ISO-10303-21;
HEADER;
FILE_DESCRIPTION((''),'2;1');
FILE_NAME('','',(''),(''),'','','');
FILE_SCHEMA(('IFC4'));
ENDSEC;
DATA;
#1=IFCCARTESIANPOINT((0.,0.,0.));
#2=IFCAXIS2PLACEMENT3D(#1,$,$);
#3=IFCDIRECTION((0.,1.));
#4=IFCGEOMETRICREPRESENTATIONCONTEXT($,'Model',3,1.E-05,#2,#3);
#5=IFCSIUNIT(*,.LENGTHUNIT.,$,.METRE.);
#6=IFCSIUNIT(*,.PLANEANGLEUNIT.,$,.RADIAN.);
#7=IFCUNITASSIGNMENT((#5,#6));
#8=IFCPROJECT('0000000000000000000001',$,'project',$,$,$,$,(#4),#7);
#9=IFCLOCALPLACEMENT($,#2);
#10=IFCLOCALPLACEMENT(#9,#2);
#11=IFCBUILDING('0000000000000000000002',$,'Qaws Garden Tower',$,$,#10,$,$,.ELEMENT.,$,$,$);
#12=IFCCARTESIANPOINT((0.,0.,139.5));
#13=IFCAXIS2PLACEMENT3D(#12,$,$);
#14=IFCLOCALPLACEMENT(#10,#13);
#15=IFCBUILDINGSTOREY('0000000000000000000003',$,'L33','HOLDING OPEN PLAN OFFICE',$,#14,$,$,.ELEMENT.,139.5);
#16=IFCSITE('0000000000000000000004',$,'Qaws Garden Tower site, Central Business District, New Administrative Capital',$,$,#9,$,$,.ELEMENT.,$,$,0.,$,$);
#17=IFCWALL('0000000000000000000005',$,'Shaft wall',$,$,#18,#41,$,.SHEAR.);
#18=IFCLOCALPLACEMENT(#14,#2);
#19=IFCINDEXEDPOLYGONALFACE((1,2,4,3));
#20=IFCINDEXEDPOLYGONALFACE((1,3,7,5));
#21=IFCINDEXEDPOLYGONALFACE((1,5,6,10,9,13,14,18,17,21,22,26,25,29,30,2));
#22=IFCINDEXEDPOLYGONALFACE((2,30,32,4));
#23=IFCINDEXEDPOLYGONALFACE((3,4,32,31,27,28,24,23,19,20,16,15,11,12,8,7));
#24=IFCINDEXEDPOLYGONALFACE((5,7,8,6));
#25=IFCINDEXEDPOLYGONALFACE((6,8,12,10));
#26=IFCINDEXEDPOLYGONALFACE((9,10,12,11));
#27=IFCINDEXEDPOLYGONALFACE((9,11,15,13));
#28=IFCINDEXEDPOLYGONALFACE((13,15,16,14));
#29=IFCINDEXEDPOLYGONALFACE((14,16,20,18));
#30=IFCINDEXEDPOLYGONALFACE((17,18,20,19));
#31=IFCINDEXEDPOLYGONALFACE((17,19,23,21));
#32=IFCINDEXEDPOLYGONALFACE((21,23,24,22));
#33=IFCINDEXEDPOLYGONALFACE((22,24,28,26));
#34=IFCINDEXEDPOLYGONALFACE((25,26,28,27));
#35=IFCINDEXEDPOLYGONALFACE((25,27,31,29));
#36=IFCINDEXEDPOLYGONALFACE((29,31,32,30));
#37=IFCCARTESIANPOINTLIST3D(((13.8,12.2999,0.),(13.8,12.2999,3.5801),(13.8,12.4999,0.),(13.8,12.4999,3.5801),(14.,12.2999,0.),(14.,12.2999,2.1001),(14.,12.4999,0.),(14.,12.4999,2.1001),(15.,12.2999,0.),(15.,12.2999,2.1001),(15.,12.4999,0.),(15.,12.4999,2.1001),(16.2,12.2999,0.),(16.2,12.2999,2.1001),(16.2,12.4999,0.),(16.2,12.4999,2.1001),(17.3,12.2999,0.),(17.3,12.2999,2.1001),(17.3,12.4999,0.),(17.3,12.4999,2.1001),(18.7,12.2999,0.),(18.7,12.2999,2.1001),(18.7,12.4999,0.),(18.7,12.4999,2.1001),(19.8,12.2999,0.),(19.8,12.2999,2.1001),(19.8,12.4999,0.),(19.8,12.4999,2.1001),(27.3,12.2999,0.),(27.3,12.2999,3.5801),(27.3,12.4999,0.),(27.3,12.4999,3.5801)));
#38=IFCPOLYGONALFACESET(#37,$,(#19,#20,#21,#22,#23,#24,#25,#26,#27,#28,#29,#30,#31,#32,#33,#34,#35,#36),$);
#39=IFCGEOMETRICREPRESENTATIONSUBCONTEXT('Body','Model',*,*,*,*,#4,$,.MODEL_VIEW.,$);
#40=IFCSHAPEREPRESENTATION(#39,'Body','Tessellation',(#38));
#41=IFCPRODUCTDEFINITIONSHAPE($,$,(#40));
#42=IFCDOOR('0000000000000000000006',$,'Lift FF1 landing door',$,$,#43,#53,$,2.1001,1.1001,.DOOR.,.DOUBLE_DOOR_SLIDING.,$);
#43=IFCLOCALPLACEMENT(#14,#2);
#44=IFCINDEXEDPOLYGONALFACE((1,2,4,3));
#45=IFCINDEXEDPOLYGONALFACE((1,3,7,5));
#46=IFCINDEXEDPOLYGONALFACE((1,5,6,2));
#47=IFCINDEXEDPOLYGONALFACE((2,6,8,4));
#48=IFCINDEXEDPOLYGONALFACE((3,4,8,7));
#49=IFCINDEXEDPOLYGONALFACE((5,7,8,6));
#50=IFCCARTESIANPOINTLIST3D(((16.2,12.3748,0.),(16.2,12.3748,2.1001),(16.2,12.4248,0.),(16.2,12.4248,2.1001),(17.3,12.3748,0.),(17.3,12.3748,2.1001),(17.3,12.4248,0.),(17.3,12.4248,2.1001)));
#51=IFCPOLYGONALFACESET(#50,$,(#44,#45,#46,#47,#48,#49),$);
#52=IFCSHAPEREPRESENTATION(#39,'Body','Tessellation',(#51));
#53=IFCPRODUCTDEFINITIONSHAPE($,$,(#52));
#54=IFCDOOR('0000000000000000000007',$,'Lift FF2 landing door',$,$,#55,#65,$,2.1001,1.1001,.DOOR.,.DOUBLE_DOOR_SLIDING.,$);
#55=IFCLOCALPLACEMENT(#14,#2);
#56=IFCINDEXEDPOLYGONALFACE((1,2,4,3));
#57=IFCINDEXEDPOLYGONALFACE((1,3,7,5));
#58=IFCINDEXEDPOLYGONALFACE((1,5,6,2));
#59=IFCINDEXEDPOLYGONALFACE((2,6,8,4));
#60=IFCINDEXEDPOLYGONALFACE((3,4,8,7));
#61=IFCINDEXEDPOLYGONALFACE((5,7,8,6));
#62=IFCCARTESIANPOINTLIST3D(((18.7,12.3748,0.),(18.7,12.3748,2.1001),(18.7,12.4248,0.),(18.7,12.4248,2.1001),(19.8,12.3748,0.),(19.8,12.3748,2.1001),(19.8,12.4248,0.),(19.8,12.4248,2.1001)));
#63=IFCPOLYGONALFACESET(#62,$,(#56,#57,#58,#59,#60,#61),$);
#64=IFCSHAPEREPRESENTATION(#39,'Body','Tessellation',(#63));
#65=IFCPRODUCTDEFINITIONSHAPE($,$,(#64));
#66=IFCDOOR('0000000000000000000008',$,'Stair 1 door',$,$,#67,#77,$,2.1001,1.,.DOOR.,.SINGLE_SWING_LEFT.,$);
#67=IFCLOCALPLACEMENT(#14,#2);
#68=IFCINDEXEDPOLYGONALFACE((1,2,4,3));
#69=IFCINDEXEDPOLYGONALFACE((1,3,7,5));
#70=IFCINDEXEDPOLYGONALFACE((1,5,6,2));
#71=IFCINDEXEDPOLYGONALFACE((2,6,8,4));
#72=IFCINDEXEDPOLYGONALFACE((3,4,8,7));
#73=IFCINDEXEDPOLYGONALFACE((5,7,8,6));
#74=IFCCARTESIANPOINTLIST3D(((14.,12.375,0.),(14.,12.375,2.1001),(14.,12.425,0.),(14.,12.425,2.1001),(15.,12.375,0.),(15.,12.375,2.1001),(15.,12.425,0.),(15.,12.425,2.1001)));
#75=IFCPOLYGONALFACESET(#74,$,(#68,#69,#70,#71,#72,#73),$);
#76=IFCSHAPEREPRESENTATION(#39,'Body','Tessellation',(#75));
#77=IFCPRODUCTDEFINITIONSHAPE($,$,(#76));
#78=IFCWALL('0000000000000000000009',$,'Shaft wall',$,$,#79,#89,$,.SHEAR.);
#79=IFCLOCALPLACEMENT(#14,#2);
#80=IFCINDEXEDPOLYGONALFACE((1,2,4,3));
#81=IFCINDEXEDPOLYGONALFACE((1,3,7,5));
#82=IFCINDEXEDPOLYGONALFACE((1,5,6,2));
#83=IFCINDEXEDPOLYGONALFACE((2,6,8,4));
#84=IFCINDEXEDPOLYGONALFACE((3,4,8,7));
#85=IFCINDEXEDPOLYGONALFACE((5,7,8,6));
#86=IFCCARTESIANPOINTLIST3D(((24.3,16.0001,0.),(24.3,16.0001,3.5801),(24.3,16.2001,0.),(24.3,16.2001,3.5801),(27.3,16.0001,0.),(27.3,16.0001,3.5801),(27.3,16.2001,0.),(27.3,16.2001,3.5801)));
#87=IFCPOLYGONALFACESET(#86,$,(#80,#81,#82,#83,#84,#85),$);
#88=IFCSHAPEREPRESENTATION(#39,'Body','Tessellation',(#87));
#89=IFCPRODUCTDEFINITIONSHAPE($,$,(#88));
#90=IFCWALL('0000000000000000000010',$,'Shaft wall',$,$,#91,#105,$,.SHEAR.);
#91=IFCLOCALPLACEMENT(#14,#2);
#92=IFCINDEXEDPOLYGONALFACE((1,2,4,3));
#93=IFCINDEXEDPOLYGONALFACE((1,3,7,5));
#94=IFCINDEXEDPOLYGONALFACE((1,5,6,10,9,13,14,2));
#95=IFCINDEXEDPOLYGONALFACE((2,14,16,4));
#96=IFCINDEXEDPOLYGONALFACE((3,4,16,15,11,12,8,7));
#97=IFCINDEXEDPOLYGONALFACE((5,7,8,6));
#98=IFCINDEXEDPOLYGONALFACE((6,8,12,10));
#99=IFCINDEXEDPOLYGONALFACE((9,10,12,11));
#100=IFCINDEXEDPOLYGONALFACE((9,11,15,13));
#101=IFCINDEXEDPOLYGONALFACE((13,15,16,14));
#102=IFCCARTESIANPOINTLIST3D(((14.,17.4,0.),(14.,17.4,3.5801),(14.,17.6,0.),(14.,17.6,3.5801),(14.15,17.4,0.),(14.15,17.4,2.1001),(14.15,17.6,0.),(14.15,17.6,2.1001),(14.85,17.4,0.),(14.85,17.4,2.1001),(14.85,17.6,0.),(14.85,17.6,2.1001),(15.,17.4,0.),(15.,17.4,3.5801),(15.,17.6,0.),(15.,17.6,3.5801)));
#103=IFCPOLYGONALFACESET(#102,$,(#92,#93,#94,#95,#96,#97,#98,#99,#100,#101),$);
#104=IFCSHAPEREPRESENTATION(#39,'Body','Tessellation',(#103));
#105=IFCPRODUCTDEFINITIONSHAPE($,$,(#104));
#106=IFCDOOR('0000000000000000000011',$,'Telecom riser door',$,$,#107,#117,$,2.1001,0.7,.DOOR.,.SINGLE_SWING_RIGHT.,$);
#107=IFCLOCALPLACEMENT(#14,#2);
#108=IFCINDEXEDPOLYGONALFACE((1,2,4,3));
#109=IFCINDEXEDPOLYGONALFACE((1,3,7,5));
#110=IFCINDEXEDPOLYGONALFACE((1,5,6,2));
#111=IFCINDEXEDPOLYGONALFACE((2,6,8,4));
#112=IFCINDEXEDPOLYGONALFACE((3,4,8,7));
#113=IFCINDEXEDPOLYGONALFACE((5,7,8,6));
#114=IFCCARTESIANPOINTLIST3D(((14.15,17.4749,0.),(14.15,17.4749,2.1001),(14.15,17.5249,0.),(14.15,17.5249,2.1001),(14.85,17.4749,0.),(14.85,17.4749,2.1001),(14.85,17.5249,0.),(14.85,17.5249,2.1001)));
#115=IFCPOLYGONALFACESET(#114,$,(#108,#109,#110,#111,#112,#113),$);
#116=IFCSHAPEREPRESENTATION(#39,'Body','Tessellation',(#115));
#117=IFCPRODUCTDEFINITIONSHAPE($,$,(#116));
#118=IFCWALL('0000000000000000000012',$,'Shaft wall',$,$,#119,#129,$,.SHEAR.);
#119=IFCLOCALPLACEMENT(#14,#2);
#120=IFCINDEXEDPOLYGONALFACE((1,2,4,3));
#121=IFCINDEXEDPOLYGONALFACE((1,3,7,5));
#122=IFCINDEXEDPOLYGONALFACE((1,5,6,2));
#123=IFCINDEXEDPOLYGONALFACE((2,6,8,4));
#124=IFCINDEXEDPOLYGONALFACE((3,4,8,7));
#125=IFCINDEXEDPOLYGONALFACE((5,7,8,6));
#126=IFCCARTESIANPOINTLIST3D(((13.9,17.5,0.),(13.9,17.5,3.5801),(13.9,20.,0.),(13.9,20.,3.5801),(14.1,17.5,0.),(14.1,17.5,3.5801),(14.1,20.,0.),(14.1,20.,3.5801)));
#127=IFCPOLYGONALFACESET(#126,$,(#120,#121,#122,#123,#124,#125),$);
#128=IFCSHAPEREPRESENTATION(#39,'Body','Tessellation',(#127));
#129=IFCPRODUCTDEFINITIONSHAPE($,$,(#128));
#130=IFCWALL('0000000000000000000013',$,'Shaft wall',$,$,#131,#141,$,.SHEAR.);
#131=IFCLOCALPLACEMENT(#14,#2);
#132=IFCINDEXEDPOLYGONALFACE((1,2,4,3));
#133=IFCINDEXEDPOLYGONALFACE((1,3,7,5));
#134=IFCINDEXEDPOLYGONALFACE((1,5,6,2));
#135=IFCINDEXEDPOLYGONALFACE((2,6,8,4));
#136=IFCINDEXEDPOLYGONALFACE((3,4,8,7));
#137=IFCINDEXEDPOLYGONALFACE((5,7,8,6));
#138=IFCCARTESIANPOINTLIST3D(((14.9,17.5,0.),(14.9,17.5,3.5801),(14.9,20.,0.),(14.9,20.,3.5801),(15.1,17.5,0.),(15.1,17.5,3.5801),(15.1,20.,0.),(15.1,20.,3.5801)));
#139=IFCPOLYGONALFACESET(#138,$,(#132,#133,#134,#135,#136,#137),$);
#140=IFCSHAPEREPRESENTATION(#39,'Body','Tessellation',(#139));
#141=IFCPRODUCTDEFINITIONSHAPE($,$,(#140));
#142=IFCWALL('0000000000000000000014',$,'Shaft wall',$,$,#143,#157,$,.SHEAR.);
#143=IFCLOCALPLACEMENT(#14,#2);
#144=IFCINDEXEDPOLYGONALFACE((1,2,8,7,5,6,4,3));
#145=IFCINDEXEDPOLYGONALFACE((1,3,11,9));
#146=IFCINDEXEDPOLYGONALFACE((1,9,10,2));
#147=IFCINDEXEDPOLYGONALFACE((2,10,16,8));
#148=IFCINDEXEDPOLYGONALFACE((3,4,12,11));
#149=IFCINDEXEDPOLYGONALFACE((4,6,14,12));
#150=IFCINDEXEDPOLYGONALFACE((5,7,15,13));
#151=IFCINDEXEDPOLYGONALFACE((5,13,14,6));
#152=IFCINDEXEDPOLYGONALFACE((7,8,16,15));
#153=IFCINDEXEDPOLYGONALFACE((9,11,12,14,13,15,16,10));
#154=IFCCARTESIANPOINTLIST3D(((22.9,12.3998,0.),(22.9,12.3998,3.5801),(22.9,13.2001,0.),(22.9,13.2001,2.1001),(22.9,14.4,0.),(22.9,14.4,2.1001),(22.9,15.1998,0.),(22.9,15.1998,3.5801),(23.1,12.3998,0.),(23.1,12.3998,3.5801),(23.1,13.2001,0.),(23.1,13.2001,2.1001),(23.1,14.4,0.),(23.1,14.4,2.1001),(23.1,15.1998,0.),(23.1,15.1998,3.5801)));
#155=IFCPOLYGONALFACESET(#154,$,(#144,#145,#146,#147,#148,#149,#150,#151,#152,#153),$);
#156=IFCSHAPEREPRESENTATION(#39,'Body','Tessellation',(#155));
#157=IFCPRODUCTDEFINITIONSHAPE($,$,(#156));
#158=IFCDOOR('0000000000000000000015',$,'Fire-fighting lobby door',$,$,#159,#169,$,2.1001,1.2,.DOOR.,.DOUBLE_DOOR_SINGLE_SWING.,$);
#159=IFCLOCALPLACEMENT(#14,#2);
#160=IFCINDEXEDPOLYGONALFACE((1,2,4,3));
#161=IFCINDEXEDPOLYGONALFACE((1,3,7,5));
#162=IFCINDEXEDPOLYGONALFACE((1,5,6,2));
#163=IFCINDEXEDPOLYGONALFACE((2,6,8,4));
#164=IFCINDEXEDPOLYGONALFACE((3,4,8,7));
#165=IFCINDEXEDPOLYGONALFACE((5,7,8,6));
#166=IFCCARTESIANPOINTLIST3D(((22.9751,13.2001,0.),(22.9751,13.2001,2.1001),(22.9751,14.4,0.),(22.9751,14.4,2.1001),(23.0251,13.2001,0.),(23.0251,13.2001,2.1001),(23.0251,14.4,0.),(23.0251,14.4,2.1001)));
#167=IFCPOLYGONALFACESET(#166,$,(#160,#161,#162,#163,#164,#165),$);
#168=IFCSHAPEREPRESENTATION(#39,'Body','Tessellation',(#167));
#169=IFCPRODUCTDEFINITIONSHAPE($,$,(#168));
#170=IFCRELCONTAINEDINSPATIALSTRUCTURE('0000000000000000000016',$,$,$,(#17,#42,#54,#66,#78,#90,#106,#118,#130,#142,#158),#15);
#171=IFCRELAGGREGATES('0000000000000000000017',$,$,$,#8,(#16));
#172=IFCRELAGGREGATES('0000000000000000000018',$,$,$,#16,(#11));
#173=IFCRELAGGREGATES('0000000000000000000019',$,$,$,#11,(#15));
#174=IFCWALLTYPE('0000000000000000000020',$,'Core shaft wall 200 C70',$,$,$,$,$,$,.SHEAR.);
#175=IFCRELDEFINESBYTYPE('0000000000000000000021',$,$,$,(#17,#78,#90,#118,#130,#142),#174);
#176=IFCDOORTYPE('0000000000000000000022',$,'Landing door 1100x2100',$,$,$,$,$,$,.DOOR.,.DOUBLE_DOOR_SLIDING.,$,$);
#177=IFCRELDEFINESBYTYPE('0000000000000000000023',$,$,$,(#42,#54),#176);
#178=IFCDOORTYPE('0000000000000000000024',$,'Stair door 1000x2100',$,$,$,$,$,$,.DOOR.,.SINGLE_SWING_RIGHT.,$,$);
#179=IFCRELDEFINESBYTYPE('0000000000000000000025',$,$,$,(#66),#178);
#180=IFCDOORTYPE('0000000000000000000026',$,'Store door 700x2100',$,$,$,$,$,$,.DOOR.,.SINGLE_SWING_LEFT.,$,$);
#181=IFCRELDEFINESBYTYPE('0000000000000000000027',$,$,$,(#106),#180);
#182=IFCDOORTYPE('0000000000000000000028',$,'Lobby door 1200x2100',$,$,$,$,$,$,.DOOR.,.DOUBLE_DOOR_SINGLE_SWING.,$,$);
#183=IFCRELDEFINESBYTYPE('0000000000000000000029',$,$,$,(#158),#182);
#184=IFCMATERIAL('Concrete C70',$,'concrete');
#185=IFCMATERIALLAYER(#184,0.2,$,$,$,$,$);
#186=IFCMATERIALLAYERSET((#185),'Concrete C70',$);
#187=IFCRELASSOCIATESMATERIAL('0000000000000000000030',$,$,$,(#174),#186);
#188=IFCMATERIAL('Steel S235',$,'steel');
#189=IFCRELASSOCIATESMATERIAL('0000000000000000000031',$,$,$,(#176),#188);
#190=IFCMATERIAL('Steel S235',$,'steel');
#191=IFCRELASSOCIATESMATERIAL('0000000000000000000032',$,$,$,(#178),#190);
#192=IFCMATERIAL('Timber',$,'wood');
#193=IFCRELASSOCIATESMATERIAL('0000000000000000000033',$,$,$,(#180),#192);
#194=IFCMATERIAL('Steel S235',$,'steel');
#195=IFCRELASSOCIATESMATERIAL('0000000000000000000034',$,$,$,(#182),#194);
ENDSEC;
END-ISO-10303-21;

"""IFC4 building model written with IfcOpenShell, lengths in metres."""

from ifc_helpers import new_model, si_unit, direction, frame, frame_2d, origin, place, context, subcontext, project, spatial, rectangle, extrude, material, layer, layer_set, type_object, element, fill, save


model = new_model("IFC4")

# Units and contexts
model_context = context("Model", 3, precision=1e-05, world=origin(), true_north=direction((0.0, 1.0)))
body_context = subcontext(model_context, "Body", "Model", "MODEL_VIEW")
ifc_project = project(units=[si_unit("LENGTHUNIT", "METRE"), si_unit("PLANEANGLEUNIT", "RADIAN")], contexts=[model_context])

# Site, building, storey
site_placement = place(None, origin())
site = spatial("IfcSite", under=ifc_project, at=site_placement, Name="Qaws Garden Tower site, Central Business District, New Administrative Capital", CompositionType="ELEMENT", RefElevation=0.0)
building_placement = place(site_placement, origin())
building = spatial("IfcBuilding", under=site, at=building_placement, Name="Qaws Garden Tower", CompositionType="ELEMENT")
storey_placement = place(building_placement, frame((0.0, 0.0, 139.5)))
storey = spatial("IfcBuildingStorey", under=building, at=storey_placement, Name="L33", Description="HOLDING OPEN PLAN OFFICE", CompositionType="ELEMENT", Elevation=139.5)

# Wall, openings, doors
ifc_material_1 = material(Name="Concrete C70", Category="concrete")
ifc_layer_1 = layer(ifc_material_1, 0.2)
ifc_layer_set_1 = layer_set([ifc_layer_1], Name="Concrete C70")
wall_type_1 = type_object("IfcWallType", Name="Core shaft wall 200 C70", PredefinedType="SHEAR", material=ifc_layer_set_1)
wall_1_placement = place(storey_placement, frame((13.8, 12.3999, 0.0), z_axis=(0.0, 0.0, 1.0), x_axis=(1.0, 0.0, 0.0)))
wall_1 = element("IfcWall", 1, at=wall_1_placement, inside=storey, type_object=wall_type_1, Name="Shaft wall", PredefinedType="SHEAR", context=body_context, shape_type="SweptSolid", body=[
    extrude(rectangle(XDim=13.5, YDim=0.2, at=frame_2d((6.75, 0.0))), origin(), (0.0, 0.0, 1.0), 3.5801),
])
opening_1_placement = place(wall_1_placement, frame((2.3999, 0.0, 0.0)))
opening_1 = element("IfcOpeningElement", 2, at=opening_1_placement, cuts=wall_1, PredefinedType="OPENING", context=body_context, shape_type="SweptSolid", body=[
    extrude(rectangle(XDim=1.1001, YDim=2.1001, at=frame_2d((0.55, 1.05))), frame((0.0, 0.1099, 0.0), z_axis=(0.0, -1.0, 0.0), x_axis=(1.0, 0.0, 0.0)), (0.0, 0.0, 1.0), 0.22),
])
opening_2_placement = place(wall_1_placement, frame((4.8999, 0.0, 0.0)))
opening_2 = element("IfcOpeningElement", 3, at=opening_2_placement, cuts=wall_1, PredefinedType="OPENING", context=body_context, shape_type="SweptSolid", body=[
    extrude(rectangle(XDim=1.1001, YDim=2.1001, at=frame_2d((0.55, 1.05))), frame((0.0, 0.1099, 0.0), z_axis=(0.0, -1.0, 0.0), x_axis=(1.0, 0.0, 0.0)), (0.0, 0.0, 1.0), 0.22),
])
opening_3_placement = place(wall_1_placement, frame((0.2, 0.0, 0.0)))
opening_3 = element("IfcOpeningElement", 4, at=opening_3_placement, cuts=wall_1, PredefinedType="OPENING", context=body_context, shape_type="SweptSolid", body=[
    extrude(rectangle(XDim=1.0, YDim=2.1001, at=frame_2d((0.5, 1.05))), frame((0.0, 0.1099, 0.0), z_axis=(0.0, -1.0, 0.0), x_axis=(1.0, 0.0, 0.0)), (0.0, 0.0, 1.0), 0.22),
])
ifc_material_2 = material(Name="Steel S235", Category="steel")
door_type_1 = type_object("IfcDoorType", Name="Landing door 1100x2100", OperationType="DOUBLE_DOOR_SLIDING", PredefinedType="DOOR", material=ifc_material_2)
door_1_placement = place(opening_1_placement, origin())
door_1 = element("IfcDoor", 5, at=door_1_placement, inside=storey, type_object=door_type_1, Name="Lift FF1 landing door", OperationType="DOUBLE_DOOR_SLIDING", OverallHeight=2.1001, OverallWidth=1.1001, PredefinedType="DOOR", context=body_context, shape_type="SweptSolid", body=[
    extrude(rectangle(XDim=1.1001, YDim=2.1001, at=frame_2d((0.55, 1.05))), frame((0.0, 0.0249, 0.0), z_axis=(0.0, -1.0, 0.0), x_axis=(1.0, 0.0, 0.0)), (0.0, 0.0, 1.0), 0.05),
])
fill(opening_1, door_1)
door_2_placement = place(opening_2_placement, origin())
door_2 = element("IfcDoor", 6, at=door_2_placement, inside=storey, type_object=door_type_1, Name="Lift FF2 landing door", OperationType="DOUBLE_DOOR_SLIDING", OverallHeight=2.1001, OverallWidth=1.1001, PredefinedType="DOOR", context=body_context, shape_type="SweptSolid", body=[
    extrude(rectangle(XDim=1.1001, YDim=2.1001, at=frame_2d((0.55, 1.05))), frame((0.0, 0.0249, 0.0), z_axis=(0.0, -1.0, 0.0), x_axis=(1.0, 0.0, 0.0)), (0.0, 0.0, 1.0), 0.05),
])
fill(opening_2, door_2)
ifc_material_3 = material(Name="Steel S235", Category="steel")
door_type_2 = type_object("IfcDoorType", Name="Stair door 1000x2100", OperationType="SINGLE_SWING_RIGHT", PredefinedType="DOOR", material=ifc_material_3)
door_3_placement = place(opening_3_placement, frame((1.0, 0.0, 0.0), z_axis=(0.0, 0.0, 1.0), x_axis=(-1.0, 0.0, 0.0)))
door_3 = element("IfcDoor", 7, at=door_3_placement, inside=storey, type_object=door_type_2, Name="Stair 1 door", OperationType="SINGLE_SWING_LEFT", OverallHeight=2.1001, OverallWidth=1.0, PredefinedType="DOOR", context=body_context, shape_type="SweptSolid", body=[
    extrude(rectangle(XDim=1.0, YDim=2.1001, at=frame_2d((0.5, 1.05))), frame((0.0, 0.0249, 0.0), z_axis=(0.0, -1.0, 0.0), x_axis=(1.0, 0.0, 0.0)), (0.0, 0.0, 1.0), 0.05),
])
fill(opening_3, door_3)

# Wall
wall_2_placement = place(storey_placement, frame((24.3, 16.1001, 0.0), z_axis=(0.0, 0.0, 1.0), x_axis=(1.0, 0.0, 0.0)))
element("IfcWall", 8, at=wall_2_placement, inside=storey, type_object=wall_type_1, Name="Shaft wall", PredefinedType="SHEAR", context=body_context, shape_type="SweptSolid", body=[
    extrude(rectangle(XDim=3.0, YDim=0.2, at=frame_2d((1.5, 0.0))), origin(), (0.0, 0.0, 1.0), 3.5801),
])

# Wall, opening, door
wall_3_placement = place(storey_placement, frame((14.0, 17.5, 0.0), z_axis=(0.0, 0.0, 1.0), x_axis=(1.0, 0.0, 0.0)))
wall_3 = element("IfcWall", 9, at=wall_3_placement, inside=storey, type_object=wall_type_1, Name="Shaft wall", PredefinedType="SHEAR", context=body_context, shape_type="SweptSolid", body=[
    extrude(rectangle(XDim=1.0, YDim=0.2, at=frame_2d((0.5, 0.0))), origin(), (0.0, 0.0, 1.0), 3.5801),
])
opening_4_placement = place(wall_3_placement, frame((0.1499, 0.0, 0.0)))
opening_4 = element("IfcOpeningElement", 10, at=opening_4_placement, cuts=wall_3, PredefinedType="OPENING", context=body_context, shape_type="SweptSolid", body=[
    extrude(rectangle(XDim=0.7, YDim=2.1001, at=frame_2d((0.3501, 1.05))), frame((0.0, 0.1099, 0.0), z_axis=(0.0, -1.0, 0.0), x_axis=(1.0, 0.0, 0.0)), (0.0, 0.0, 1.0), 0.22),
])
ifc_material_4 = material(Name="Timber", Category="wood")
door_type_3 = type_object("IfcDoorType", Name="Store door 700x2100", OperationType="SINGLE_SWING_LEFT", PredefinedType="DOOR", material=ifc_material_4)
door_4_placement = place(opening_4_placement, origin())
door_4 = element("IfcDoor", 11, at=door_4_placement, inside=storey, type_object=door_type_3, Name="Telecom riser door", OperationType="SINGLE_SWING_RIGHT", OverallHeight=2.1001, OverallWidth=0.7, PredefinedType="DOOR", context=body_context, shape_type="SweptSolid", body=[
    extrude(rectangle(XDim=0.7, YDim=2.1001, at=frame_2d((0.3501, 1.05))), frame((0.0, 0.0249, 0.0), z_axis=(0.0, -1.0, 0.0), x_axis=(1.0, 0.0, 0.0)), (0.0, 0.0, 1.0), 0.05),
])
fill(opening_4, door_4)

# Walls
for number, where, z_axis, x_axis, name in (
    (12, (14.0, 17.5, 0.0), (0.0, 0.0, 1.0), (0.0, 1.0, 0.0), "Shaft wall"),
    (13, (15.0, 17.5, 0.0), (0.0, 0.0, 1.0), (0.0, 1.0, 0.0), "Shaft wall"),
):
    element("IfcWall", number, at=place(storey_placement, frame(where, z_axis=z_axis, x_axis=x_axis)), inside=storey, type_object=wall_type_1, Name=name, PredefinedType="SHEAR", context=body_context, shape_type="SweptSolid", body=[
        extrude(rectangle(XDim=2.5, YDim=0.2, at=frame_2d((1.25, 0.0))), origin(), (0.0, 0.0, 1.0), 3.5801),
    ])

# Wall, opening, door
wall_4_placement = place(storey_placement, frame((23.0, 12.3999, 0.0), z_axis=(0.0, 0.0, 1.0), x_axis=(0.0, 1.0, 0.0)))
wall_4 = element("IfcWall", 14, at=wall_4_placement, inside=storey, type_object=wall_type_1, Name="Shaft wall", PredefinedType="SHEAR", context=body_context, shape_type="SweptSolid", body=[
    extrude(rectangle(XDim=2.8, YDim=0.2, at=frame_2d((1.3999, 0.0))), origin(), (0.0, 0.0, 1.0), 3.5801),
])
opening_5_placement = place(wall_4_placement, frame((0.8, 0.0, 0.0)))
opening_5 = element("IfcOpeningElement", 15, at=opening_5_placement, cuts=wall_4, PredefinedType="OPENING", context=body_context, shape_type="SweptSolid", body=[
    extrude(rectangle(XDim=1.2, YDim=2.1001, at=frame_2d((0.6001, 1.05))), frame((0.0, 0.1099, 0.0), z_axis=(0.0, -1.0, 0.0), x_axis=(1.0, 0.0, 0.0)), (0.0, 0.0, 1.0), 0.22),
])
ifc_material_5 = material(Name="Steel S235", Category="steel")
door_type_4 = type_object("IfcDoorType", Name="Lobby door 1200x2100", OperationType="DOUBLE_DOOR_SINGLE_SWING", PredefinedType="DOOR", material=ifc_material_5)
door_5_placement = place(opening_5_placement, origin())
door_5 = element("IfcDoor", 16, at=door_5_placement, inside=storey, type_object=door_type_4, Name="Fire-fighting lobby door", OperationType="DOUBLE_DOOR_SINGLE_SWING", OverallHeight=2.1001, OverallWidth=1.2, PredefinedType="DOOR", context=body_context, shape_type="SweptSolid", body=[
    extrude(rectangle(XDim=1.2, YDim=2.1001, at=frame_2d((0.6001, 1.05))), frame((0.0, 0.0249, 0.0), z_axis=(0.0, -1.0, 0.0), x_axis=(1.0, 0.0, 0.0)), (0.0, 0.0, 1.0), 0.05),
])
fill(opening_5, door_5)

save(model, "model.ifc")
